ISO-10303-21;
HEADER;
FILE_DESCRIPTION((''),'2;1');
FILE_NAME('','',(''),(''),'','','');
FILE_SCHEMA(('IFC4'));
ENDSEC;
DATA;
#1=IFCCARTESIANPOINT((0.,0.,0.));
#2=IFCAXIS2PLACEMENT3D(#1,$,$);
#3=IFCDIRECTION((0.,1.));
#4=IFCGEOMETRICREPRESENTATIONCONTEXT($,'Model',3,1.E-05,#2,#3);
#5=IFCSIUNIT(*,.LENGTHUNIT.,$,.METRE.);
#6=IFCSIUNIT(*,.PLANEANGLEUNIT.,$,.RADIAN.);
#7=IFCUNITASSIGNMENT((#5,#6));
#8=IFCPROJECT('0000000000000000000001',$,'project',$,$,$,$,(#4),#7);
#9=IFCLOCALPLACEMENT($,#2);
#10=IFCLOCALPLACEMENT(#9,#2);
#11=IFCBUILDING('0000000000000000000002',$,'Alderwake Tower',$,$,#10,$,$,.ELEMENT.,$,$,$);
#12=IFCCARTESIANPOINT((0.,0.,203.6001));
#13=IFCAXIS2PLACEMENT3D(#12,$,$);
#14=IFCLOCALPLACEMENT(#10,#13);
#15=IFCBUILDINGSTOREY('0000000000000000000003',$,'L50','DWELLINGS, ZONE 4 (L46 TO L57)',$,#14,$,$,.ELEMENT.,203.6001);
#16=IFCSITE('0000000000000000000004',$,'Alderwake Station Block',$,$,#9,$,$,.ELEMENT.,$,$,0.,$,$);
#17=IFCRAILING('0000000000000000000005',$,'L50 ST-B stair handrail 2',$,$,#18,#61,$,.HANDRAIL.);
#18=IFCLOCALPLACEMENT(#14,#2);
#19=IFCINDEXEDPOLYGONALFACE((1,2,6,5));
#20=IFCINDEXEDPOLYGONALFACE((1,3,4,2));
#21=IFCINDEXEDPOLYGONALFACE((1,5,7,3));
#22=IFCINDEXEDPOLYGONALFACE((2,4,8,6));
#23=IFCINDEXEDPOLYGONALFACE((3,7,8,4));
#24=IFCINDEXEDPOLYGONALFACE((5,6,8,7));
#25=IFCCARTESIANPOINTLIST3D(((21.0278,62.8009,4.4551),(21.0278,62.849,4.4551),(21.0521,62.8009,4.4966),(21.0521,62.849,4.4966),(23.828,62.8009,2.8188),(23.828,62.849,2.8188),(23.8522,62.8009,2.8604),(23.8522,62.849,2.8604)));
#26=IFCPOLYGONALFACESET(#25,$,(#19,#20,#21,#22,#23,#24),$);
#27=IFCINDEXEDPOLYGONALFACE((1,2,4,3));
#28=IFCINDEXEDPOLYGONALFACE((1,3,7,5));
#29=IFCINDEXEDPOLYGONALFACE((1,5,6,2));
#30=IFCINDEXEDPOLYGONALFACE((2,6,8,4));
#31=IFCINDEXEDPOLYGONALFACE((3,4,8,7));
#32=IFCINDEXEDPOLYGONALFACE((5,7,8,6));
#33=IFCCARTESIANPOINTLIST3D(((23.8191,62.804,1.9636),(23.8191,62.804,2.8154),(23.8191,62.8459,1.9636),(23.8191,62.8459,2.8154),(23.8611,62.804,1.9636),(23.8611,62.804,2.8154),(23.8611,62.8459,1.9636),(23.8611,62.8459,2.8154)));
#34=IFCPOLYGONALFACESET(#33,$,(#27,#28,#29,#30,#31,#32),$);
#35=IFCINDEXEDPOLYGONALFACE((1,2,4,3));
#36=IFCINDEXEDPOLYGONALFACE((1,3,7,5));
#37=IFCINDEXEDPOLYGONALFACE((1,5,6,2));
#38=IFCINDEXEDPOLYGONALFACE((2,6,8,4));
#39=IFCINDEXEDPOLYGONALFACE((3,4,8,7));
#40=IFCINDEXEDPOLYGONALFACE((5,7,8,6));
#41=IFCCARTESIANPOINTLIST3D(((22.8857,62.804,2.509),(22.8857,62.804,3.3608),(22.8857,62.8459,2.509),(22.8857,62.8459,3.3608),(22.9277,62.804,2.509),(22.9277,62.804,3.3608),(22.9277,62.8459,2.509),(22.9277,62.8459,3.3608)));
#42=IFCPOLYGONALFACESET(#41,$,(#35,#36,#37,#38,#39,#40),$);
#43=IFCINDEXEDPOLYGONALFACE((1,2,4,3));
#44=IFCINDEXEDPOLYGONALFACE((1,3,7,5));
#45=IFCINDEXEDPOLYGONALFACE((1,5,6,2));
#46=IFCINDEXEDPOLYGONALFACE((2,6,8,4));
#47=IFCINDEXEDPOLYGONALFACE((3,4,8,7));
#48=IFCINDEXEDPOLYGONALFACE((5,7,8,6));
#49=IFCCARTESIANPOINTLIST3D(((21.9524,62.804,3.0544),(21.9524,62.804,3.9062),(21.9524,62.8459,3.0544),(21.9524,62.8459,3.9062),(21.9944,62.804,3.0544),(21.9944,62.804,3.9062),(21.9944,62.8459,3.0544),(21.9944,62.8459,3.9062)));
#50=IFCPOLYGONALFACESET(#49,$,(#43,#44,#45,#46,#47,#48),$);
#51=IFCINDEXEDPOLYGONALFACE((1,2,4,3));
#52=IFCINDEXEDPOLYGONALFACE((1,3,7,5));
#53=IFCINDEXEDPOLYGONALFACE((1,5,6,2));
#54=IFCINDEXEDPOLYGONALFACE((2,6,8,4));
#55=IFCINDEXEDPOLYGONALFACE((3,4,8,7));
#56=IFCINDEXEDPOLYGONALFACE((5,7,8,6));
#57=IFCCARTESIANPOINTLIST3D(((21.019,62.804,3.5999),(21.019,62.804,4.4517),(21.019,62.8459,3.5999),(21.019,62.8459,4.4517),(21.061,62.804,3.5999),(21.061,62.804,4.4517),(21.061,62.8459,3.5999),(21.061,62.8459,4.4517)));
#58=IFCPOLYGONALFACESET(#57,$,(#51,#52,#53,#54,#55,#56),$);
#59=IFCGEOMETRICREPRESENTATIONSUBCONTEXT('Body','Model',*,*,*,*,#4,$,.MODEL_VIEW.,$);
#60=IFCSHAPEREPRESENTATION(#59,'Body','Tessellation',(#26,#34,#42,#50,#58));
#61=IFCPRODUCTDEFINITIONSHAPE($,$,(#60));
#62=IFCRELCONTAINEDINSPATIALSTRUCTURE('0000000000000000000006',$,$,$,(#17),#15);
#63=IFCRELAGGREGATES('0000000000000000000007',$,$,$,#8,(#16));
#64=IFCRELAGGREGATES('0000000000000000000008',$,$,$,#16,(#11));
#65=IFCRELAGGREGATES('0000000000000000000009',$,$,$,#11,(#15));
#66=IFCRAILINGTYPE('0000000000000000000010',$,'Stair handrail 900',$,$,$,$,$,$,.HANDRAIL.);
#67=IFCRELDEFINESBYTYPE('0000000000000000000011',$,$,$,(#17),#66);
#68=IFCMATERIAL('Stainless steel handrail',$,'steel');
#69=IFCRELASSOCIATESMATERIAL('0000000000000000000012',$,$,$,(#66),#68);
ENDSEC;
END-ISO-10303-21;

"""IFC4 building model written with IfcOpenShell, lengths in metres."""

from ifc_helpers import new_model, si_unit, direction, frame, origin, origin_2d, place, context, subcontext, project, spatial, rectangle, extrude, material, type_object, element, save


model = new_model("IFC4")

# Units and contexts
model_context = context("Model", 3, precision=1e-05, world=origin(), true_north=direction((0.0, 1.0)))
body_context = subcontext(model_context, "Body", "Model", "MODEL_VIEW")
ifc_project = project(units=[si_unit("LENGTHUNIT", "METRE"), si_unit("PLANEANGLEUNIT", "RADIAN")], contexts=[model_context])

# Site, building, storey
site_placement = place(None, origin())
site = spatial("IfcSite", under=ifc_project, at=site_placement, Name="Alderwake Station Block", CompositionType="ELEMENT", RefElevation=0.0)
building_placement = place(site_placement, origin())
building = spatial("IfcBuilding", under=site, at=building_placement, Name="Alderwake Tower", CompositionType="ELEMENT")
storey_placement = place(building_placement, frame((0.0, 0.0, 203.6001)))
storey = spatial("IfcBuildingStorey", under=building, at=storey_placement, Name="L50", Description="DWELLINGS, ZONE 4 (L46 TO L57)", CompositionType="ELEMENT", Elevation=203.6001)

# Railing
ifc_material_1 = material(Name="Stainless steel handrail", Category="steel")
railing_type = type_object("IfcRailingType", Name="Stair handrail 900", PredefinedType="HANDRAIL", material=ifc_material_1)
railing_placement = place(storey_placement, frame((23.8401, 62.825, 1.9636)))
element("IfcRailing", 1, at=railing_placement, inside=storey, type_object=railing_type, Name="L50 ST-B stair handrail 2", PredefinedType="HANDRAIL", context=body_context, shape_type="SweptSolid", body=[
    extrude(rectangle(XDim=0.0481, YDim=0.0481, at=origin_2d()), frame((0.0, 0.0, 0.876), z_axis=(-0.863394, 0.0, 0.504531), x_axis=(0.0, -1.0, 0.0)), (0.0, 0.0, 1.0), 3.2432),
    extrude(rectangle(XDim=0.042, YDim=0.042, at=origin_2d()), frame((0.0, 0.0, 0.0), z_axis=(0.0, 0.0, 1.0), x_axis=(-1.0, 0.0, 0.0)), (0.0, 0.0, 1.0), 0.8518),
    extrude(rectangle(XDim=0.042, YDim=0.042, at=origin_2d()), frame((-0.9333, 0.0, 0.5454), z_axis=(0.0, 0.0, 1.0), x_axis=(-1.0, 0.0, 0.0)), (0.0, 0.0, 1.0), 0.8518),
    extrude(rectangle(XDim=0.042, YDim=0.042, at=origin_2d()), frame((-1.8667, 0.0, 1.0908), z_axis=(0.0, 0.0, 1.0), x_axis=(-1.0, 0.0, 0.0)), (0.0, 0.0, 1.0), 0.8518),
    extrude(rectangle(XDim=0.042, YDim=0.042, at=origin_2d()), frame((-2.8, 0.0, 1.6362), z_axis=(0.0, 0.0, 1.0), x_axis=(-1.0, 0.0, 0.0)), (0.0, 0.0, 1.0), 0.8518),
])

save(model, "model.ifc")
